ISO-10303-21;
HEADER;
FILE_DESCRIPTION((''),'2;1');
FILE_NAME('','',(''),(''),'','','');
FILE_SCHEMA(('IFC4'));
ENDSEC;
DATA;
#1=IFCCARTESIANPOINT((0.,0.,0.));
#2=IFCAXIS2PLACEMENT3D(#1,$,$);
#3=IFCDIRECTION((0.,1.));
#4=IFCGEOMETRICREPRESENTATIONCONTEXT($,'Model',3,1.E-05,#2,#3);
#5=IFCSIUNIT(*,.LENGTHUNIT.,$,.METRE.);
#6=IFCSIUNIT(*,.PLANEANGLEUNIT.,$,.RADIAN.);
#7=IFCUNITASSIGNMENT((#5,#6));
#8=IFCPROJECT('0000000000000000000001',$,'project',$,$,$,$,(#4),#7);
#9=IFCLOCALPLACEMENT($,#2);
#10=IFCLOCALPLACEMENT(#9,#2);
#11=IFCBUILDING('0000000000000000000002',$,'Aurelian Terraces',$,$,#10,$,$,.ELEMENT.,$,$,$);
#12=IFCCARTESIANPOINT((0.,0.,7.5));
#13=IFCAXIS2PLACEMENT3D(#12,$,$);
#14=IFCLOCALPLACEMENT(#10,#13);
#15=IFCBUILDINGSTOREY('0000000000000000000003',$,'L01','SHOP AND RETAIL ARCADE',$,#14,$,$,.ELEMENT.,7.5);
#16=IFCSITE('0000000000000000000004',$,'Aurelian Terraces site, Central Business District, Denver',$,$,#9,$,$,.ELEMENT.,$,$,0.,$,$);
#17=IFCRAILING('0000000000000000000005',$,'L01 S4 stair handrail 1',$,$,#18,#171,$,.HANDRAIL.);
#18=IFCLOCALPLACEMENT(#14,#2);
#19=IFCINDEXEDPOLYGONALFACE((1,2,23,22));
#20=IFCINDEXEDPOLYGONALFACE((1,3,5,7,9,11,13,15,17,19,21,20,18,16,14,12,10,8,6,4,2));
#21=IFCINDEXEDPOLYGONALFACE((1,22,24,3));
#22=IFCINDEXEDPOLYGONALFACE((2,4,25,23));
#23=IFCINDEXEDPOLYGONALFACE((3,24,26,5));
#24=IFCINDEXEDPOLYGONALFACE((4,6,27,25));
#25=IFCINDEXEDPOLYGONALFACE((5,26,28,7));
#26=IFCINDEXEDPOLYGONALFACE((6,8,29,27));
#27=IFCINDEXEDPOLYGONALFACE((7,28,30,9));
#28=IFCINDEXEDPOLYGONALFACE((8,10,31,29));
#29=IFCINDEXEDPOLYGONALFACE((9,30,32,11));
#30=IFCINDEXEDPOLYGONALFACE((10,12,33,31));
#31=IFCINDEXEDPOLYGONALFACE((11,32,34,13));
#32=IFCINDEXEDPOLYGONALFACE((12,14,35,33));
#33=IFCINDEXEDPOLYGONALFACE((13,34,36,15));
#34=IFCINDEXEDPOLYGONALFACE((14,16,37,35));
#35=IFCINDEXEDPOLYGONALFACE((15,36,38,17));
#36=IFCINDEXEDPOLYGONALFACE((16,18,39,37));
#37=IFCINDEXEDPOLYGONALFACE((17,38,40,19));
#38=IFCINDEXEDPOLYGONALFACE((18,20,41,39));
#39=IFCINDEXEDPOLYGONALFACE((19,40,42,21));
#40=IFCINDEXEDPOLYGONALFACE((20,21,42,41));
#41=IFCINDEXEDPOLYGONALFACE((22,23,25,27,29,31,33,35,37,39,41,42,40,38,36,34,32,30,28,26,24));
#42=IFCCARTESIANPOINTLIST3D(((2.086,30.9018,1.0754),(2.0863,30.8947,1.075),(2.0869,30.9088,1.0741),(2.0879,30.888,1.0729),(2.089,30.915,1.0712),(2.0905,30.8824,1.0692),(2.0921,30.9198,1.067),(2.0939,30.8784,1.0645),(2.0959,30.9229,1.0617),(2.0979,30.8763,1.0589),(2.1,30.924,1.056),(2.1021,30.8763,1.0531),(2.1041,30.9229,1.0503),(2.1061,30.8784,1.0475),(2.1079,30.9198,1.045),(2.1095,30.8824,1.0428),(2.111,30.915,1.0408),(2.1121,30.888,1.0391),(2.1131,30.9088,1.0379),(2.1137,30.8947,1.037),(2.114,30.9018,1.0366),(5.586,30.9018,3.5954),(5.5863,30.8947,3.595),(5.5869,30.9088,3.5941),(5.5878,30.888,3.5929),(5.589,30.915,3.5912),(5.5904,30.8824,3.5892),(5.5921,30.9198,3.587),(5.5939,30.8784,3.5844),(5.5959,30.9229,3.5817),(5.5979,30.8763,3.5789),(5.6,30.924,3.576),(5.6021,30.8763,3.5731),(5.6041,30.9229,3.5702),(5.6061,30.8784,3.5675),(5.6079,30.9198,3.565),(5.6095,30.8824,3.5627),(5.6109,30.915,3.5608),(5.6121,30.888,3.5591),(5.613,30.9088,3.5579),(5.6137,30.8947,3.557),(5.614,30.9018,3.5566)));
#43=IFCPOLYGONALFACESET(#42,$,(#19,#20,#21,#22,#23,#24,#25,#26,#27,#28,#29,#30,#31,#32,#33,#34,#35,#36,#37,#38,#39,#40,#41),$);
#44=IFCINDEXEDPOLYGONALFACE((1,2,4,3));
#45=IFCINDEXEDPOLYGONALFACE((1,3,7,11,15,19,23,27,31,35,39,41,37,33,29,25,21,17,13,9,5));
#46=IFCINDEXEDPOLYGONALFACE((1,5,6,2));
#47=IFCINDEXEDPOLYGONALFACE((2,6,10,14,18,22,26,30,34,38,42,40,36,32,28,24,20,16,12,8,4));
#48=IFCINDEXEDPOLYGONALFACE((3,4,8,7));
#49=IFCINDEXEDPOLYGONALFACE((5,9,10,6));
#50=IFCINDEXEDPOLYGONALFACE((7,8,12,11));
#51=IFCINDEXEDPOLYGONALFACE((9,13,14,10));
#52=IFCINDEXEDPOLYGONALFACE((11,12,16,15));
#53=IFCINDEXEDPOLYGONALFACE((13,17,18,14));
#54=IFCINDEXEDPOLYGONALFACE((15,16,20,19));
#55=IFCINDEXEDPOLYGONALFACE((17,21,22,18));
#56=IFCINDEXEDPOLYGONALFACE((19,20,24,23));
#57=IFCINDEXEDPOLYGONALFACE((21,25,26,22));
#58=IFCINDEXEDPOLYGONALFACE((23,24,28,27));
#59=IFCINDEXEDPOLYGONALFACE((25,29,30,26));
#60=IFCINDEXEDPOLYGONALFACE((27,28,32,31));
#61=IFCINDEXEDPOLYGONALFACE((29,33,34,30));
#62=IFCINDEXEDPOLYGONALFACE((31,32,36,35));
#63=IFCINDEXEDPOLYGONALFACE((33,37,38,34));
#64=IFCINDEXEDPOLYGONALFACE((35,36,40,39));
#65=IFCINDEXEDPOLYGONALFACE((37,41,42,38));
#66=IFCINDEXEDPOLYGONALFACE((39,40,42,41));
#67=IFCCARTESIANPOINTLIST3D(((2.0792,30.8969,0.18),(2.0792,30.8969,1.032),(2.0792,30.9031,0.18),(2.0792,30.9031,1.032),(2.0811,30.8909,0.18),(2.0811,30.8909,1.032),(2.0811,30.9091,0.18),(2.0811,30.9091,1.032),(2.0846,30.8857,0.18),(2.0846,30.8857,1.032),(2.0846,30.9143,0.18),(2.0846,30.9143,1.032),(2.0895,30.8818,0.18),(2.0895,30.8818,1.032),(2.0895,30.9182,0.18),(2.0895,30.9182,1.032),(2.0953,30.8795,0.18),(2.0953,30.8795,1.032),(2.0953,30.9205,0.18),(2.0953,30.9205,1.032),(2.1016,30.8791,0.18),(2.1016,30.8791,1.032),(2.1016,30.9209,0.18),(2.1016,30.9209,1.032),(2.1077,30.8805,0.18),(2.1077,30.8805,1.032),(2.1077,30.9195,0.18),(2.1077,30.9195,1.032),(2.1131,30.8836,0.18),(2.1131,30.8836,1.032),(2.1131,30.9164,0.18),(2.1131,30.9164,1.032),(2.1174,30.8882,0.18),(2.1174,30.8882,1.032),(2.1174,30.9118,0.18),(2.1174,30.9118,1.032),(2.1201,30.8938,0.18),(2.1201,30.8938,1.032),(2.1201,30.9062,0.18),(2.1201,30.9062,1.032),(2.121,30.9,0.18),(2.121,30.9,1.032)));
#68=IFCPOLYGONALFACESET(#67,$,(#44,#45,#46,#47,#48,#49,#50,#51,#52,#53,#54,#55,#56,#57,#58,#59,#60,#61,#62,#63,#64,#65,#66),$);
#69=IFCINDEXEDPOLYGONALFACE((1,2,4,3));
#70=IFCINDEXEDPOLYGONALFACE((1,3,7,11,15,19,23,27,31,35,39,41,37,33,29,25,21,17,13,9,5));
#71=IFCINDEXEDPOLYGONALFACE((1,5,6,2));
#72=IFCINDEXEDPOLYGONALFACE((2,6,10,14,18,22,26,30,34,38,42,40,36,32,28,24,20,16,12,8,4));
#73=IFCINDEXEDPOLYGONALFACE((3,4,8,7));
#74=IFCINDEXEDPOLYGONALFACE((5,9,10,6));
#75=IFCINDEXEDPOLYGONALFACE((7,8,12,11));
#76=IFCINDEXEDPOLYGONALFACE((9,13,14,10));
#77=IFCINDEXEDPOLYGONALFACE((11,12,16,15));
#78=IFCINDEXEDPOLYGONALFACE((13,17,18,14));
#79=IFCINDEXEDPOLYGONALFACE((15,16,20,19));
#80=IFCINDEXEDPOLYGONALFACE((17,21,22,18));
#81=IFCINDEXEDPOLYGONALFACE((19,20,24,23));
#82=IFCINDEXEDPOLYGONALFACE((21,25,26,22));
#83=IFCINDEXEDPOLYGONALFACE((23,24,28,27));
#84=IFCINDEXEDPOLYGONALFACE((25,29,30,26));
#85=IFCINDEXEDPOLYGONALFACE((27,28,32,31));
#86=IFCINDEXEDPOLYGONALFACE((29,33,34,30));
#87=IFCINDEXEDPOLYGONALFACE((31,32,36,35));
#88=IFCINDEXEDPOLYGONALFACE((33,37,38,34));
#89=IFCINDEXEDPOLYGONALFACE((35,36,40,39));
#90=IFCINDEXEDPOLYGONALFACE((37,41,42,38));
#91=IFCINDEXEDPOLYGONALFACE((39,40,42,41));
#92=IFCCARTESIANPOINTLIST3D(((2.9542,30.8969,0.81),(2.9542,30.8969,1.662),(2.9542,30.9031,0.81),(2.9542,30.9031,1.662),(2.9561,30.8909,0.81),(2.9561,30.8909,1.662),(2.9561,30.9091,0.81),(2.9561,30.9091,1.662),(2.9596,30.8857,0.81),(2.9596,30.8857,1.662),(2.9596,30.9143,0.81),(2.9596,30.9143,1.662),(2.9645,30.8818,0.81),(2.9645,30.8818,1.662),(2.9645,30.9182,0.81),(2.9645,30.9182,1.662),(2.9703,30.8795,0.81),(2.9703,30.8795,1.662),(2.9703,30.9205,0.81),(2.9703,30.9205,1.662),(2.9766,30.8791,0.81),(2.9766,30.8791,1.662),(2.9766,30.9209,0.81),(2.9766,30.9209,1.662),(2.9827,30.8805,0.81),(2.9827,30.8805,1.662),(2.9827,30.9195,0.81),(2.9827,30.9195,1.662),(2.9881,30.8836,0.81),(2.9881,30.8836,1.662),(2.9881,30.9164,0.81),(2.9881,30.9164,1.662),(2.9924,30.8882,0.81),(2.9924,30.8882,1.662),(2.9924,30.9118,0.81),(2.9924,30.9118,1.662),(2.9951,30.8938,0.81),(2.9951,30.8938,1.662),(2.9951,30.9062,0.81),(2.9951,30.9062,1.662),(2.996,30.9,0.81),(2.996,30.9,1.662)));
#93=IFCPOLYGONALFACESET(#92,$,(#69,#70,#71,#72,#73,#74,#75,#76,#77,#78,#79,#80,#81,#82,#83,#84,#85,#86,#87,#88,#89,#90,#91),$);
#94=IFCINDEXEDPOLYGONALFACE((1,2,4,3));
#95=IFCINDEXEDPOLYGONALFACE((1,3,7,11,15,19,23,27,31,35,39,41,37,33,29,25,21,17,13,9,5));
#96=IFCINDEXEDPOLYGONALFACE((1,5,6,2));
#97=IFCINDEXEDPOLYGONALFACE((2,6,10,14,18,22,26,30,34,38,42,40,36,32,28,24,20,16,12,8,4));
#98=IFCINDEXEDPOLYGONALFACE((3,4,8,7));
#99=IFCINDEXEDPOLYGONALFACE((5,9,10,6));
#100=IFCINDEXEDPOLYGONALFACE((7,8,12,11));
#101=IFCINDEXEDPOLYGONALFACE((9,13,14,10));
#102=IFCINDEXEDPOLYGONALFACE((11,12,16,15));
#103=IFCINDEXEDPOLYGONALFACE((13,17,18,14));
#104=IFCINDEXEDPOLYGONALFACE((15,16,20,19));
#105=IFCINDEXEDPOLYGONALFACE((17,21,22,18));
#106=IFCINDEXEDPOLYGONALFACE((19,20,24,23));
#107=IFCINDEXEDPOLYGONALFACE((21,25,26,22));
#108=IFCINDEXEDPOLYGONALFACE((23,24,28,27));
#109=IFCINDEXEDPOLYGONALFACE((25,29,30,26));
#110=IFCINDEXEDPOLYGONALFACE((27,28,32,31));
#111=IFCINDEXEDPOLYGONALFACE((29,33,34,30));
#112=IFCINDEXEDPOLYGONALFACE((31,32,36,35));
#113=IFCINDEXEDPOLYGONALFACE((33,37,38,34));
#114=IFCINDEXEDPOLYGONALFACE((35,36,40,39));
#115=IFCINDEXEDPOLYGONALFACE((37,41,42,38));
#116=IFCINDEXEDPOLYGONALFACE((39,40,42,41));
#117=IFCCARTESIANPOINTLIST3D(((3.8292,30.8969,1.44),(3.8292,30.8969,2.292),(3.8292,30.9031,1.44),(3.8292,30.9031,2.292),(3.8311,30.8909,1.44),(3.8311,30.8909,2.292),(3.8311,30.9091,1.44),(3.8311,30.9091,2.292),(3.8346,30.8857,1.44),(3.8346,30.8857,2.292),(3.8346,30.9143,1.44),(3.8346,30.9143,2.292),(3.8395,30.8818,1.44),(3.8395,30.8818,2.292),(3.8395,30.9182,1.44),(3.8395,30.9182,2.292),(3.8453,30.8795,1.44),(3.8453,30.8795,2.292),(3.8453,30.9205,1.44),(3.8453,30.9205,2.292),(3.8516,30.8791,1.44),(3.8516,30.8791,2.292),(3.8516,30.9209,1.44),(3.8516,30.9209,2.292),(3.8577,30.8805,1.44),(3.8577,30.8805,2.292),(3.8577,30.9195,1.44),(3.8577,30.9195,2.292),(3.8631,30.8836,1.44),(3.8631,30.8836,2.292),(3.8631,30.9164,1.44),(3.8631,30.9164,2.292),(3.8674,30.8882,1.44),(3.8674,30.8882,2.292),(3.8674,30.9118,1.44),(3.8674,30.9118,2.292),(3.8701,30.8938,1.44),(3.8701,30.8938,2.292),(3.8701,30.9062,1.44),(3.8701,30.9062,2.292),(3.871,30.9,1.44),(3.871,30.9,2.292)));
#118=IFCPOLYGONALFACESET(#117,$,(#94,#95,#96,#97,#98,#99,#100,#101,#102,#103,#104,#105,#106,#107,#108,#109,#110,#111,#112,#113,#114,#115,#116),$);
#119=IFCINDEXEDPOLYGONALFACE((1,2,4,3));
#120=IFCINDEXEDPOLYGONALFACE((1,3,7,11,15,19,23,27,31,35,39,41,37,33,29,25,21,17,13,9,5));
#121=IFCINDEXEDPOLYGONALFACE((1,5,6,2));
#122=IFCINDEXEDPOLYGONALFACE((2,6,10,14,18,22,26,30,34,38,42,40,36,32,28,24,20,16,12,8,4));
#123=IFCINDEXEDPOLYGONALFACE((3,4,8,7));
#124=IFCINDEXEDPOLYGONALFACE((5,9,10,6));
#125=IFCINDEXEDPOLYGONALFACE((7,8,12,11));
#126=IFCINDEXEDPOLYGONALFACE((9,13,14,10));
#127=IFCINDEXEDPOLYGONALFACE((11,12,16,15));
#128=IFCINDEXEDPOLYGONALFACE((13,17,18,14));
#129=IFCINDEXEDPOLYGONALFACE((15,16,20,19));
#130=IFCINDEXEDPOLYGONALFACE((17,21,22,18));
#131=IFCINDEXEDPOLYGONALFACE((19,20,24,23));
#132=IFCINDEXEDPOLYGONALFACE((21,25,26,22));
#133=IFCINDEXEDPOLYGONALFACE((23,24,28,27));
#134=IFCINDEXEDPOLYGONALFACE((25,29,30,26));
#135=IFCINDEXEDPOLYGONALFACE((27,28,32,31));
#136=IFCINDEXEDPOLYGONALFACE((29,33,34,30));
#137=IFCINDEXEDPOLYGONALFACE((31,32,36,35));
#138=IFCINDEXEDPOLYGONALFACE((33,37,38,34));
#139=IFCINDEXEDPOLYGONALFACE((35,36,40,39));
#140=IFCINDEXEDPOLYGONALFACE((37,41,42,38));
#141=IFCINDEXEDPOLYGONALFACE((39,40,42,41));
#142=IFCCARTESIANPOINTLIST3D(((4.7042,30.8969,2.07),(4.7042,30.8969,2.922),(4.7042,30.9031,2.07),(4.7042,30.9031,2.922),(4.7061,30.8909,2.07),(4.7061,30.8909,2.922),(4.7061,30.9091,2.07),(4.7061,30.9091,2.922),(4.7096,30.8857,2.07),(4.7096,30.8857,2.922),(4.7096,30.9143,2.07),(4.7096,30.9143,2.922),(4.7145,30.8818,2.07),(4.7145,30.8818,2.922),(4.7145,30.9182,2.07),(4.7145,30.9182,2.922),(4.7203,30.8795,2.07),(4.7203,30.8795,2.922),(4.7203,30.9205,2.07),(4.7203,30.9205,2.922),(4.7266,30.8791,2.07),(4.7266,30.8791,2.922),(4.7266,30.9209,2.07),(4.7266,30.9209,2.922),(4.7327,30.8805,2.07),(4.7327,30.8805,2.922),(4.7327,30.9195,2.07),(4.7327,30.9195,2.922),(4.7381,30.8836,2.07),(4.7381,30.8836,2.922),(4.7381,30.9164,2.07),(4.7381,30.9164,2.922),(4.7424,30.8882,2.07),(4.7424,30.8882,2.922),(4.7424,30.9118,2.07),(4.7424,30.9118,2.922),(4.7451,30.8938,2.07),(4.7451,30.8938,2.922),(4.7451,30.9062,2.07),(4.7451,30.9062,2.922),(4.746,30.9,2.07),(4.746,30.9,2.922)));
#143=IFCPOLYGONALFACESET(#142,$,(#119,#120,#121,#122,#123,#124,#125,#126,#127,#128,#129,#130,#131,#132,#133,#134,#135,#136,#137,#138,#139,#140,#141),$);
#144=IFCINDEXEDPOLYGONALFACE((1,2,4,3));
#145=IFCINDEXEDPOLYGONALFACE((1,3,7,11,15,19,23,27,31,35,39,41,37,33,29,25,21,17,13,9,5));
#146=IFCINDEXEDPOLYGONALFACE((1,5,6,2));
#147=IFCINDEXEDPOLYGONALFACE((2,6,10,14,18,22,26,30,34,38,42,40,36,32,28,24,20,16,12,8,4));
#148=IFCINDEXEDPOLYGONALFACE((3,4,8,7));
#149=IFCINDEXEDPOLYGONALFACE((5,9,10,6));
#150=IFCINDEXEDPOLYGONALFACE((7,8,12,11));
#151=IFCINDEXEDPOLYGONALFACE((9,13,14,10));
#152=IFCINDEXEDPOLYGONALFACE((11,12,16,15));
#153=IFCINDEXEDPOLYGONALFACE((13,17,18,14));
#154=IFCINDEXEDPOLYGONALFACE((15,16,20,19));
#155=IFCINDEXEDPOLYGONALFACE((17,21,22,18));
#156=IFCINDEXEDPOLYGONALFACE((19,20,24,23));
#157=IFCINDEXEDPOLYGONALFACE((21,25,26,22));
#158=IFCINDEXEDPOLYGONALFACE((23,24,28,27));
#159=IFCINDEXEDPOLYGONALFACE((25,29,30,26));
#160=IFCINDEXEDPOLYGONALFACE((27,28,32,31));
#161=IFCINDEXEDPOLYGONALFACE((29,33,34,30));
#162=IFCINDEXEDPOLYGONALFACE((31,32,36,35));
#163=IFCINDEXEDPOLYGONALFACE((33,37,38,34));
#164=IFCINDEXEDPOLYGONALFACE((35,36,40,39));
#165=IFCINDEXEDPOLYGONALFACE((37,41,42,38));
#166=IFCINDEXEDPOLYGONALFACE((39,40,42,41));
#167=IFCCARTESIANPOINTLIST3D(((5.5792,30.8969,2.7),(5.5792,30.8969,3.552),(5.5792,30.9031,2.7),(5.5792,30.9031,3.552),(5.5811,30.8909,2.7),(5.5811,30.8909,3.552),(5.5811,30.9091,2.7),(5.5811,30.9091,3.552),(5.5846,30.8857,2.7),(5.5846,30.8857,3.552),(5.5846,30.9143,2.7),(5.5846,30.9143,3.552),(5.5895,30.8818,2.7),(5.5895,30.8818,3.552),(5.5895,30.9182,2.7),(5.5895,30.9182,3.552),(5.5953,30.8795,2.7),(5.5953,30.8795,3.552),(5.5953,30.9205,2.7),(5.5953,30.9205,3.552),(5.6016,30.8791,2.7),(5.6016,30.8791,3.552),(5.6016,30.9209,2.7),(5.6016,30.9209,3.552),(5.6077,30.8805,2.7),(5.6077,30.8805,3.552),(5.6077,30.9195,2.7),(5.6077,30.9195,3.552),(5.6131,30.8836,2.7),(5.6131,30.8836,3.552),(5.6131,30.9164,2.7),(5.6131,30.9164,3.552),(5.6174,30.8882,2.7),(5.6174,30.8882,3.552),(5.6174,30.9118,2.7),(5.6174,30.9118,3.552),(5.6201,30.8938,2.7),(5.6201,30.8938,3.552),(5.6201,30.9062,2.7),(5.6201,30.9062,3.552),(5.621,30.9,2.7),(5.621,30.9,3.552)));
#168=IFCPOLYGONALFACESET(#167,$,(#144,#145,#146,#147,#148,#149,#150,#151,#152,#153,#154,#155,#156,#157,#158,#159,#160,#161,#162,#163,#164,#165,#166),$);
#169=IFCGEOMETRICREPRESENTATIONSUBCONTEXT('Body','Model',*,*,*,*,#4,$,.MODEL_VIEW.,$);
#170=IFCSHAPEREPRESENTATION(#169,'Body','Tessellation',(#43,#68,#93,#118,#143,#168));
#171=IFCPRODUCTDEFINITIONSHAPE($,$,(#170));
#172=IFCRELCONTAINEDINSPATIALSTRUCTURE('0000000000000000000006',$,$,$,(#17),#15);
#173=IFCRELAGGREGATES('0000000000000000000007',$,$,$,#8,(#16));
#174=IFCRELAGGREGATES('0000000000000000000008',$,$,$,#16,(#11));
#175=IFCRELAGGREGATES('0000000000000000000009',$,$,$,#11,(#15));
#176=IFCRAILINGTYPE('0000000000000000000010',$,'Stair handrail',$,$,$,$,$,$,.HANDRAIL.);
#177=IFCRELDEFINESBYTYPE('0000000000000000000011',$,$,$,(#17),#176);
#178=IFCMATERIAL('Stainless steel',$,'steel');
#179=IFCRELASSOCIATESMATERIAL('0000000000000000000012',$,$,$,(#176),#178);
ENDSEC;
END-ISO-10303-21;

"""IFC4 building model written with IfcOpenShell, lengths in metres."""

from ifc_helpers import new_model, si_unit, direction, frame, origin, origin_2d, place, context, subcontext, project, spatial, circle, extrude, source, transform, mapped, material, type_object, element, save


model = new_model("IFC4")

# Units and contexts
model_context = context("Model", 3, precision=1e-05, world=origin(), true_north=direction((0.0, 1.0)))
body_context = subcontext(model_context, "Body", "Model", "MODEL_VIEW")
ifc_project = project(units=[si_unit("LENGTHUNIT", "METRE"), si_unit("PLANEANGLEUNIT", "RADIAN")], contexts=[model_context])

# Site, building, storey
site_placement = place(None, origin())
site = spatial("IfcSite", under=ifc_project, at=site_placement, Name="Aurelian Terraces site, Central Business District, Denver", CompositionType="ELEMENT", RefElevation=0.0)
building_placement = place(site_placement, origin())
building = spatial("IfcBuilding", under=site, at=building_placement, Name="Aurelian Terraces", CompositionType="ELEMENT")
storey_placement = place(building_placement, frame((0.0, 0.0, 7.5)))
storey = spatial("IfcBuildingStorey", under=building, at=storey_placement, Name="L01", Description="SHOP AND RETAIL ARCADE", CompositionType="ELEMENT", Elevation=7.5)

# Railing
ifc_material_1 = material(Name="Stainless steel", Category="steel")
railing_type_1 = type_object("IfcRailingType", Name="Stair handrail", PredefinedType="HANDRAIL", material=ifc_material_1)
shared_shape_1 = source(origin(), body_context, "Body", "SweptSolid", [
    extrude(circle(Radius=0.024, at=origin_2d()), frame((0.0, 0.0, 0.876), z_axis=(0.811534, 0.0, 0.584305), x_axis=(0.0, 1.0, 0.0)), (0.0, 0.0, 1.0), 4.3128),
    extrude(circle(Radius=0.021, at=origin_2d()), origin(), (0.0, 0.0, 1.0), 0.852),
    extrude(circle(Radius=0.021, at=origin_2d()), frame((0.875, 0.0, 0.63)), (0.0, 0.0, 1.0), 0.852),
    extrude(circle(Radius=0.021, at=origin_2d()), frame((1.75, 0.0, 1.26)), (0.0, 0.0, 1.0), 0.852),
    extrude(circle(Radius=0.021, at=origin_2d()), frame((2.625, 0.0, 1.89)), (0.0, 0.0, 1.0), 0.852),
    extrude(circle(Radius=0.021, at=origin_2d()), frame((3.5, 0.0, 2.52)), (0.0, 0.0, 1.0), 0.852),
])
railing_1_placement = place(storey_placement, frame((2.1, 30.9, 0.18)))
element("IfcRailing", 1, at=railing_1_placement, inside=storey, type_object=railing_type_1, Name="L01 S4 stair handrail 1", PredefinedType="HANDRAIL", context=body_context, shape_type="MappedRepresentation", body=[
    mapped(shared_shape_1, transform((0.0, 0.0, 0.0), scale=1.0)),
])

save(model, "model.ifc")
